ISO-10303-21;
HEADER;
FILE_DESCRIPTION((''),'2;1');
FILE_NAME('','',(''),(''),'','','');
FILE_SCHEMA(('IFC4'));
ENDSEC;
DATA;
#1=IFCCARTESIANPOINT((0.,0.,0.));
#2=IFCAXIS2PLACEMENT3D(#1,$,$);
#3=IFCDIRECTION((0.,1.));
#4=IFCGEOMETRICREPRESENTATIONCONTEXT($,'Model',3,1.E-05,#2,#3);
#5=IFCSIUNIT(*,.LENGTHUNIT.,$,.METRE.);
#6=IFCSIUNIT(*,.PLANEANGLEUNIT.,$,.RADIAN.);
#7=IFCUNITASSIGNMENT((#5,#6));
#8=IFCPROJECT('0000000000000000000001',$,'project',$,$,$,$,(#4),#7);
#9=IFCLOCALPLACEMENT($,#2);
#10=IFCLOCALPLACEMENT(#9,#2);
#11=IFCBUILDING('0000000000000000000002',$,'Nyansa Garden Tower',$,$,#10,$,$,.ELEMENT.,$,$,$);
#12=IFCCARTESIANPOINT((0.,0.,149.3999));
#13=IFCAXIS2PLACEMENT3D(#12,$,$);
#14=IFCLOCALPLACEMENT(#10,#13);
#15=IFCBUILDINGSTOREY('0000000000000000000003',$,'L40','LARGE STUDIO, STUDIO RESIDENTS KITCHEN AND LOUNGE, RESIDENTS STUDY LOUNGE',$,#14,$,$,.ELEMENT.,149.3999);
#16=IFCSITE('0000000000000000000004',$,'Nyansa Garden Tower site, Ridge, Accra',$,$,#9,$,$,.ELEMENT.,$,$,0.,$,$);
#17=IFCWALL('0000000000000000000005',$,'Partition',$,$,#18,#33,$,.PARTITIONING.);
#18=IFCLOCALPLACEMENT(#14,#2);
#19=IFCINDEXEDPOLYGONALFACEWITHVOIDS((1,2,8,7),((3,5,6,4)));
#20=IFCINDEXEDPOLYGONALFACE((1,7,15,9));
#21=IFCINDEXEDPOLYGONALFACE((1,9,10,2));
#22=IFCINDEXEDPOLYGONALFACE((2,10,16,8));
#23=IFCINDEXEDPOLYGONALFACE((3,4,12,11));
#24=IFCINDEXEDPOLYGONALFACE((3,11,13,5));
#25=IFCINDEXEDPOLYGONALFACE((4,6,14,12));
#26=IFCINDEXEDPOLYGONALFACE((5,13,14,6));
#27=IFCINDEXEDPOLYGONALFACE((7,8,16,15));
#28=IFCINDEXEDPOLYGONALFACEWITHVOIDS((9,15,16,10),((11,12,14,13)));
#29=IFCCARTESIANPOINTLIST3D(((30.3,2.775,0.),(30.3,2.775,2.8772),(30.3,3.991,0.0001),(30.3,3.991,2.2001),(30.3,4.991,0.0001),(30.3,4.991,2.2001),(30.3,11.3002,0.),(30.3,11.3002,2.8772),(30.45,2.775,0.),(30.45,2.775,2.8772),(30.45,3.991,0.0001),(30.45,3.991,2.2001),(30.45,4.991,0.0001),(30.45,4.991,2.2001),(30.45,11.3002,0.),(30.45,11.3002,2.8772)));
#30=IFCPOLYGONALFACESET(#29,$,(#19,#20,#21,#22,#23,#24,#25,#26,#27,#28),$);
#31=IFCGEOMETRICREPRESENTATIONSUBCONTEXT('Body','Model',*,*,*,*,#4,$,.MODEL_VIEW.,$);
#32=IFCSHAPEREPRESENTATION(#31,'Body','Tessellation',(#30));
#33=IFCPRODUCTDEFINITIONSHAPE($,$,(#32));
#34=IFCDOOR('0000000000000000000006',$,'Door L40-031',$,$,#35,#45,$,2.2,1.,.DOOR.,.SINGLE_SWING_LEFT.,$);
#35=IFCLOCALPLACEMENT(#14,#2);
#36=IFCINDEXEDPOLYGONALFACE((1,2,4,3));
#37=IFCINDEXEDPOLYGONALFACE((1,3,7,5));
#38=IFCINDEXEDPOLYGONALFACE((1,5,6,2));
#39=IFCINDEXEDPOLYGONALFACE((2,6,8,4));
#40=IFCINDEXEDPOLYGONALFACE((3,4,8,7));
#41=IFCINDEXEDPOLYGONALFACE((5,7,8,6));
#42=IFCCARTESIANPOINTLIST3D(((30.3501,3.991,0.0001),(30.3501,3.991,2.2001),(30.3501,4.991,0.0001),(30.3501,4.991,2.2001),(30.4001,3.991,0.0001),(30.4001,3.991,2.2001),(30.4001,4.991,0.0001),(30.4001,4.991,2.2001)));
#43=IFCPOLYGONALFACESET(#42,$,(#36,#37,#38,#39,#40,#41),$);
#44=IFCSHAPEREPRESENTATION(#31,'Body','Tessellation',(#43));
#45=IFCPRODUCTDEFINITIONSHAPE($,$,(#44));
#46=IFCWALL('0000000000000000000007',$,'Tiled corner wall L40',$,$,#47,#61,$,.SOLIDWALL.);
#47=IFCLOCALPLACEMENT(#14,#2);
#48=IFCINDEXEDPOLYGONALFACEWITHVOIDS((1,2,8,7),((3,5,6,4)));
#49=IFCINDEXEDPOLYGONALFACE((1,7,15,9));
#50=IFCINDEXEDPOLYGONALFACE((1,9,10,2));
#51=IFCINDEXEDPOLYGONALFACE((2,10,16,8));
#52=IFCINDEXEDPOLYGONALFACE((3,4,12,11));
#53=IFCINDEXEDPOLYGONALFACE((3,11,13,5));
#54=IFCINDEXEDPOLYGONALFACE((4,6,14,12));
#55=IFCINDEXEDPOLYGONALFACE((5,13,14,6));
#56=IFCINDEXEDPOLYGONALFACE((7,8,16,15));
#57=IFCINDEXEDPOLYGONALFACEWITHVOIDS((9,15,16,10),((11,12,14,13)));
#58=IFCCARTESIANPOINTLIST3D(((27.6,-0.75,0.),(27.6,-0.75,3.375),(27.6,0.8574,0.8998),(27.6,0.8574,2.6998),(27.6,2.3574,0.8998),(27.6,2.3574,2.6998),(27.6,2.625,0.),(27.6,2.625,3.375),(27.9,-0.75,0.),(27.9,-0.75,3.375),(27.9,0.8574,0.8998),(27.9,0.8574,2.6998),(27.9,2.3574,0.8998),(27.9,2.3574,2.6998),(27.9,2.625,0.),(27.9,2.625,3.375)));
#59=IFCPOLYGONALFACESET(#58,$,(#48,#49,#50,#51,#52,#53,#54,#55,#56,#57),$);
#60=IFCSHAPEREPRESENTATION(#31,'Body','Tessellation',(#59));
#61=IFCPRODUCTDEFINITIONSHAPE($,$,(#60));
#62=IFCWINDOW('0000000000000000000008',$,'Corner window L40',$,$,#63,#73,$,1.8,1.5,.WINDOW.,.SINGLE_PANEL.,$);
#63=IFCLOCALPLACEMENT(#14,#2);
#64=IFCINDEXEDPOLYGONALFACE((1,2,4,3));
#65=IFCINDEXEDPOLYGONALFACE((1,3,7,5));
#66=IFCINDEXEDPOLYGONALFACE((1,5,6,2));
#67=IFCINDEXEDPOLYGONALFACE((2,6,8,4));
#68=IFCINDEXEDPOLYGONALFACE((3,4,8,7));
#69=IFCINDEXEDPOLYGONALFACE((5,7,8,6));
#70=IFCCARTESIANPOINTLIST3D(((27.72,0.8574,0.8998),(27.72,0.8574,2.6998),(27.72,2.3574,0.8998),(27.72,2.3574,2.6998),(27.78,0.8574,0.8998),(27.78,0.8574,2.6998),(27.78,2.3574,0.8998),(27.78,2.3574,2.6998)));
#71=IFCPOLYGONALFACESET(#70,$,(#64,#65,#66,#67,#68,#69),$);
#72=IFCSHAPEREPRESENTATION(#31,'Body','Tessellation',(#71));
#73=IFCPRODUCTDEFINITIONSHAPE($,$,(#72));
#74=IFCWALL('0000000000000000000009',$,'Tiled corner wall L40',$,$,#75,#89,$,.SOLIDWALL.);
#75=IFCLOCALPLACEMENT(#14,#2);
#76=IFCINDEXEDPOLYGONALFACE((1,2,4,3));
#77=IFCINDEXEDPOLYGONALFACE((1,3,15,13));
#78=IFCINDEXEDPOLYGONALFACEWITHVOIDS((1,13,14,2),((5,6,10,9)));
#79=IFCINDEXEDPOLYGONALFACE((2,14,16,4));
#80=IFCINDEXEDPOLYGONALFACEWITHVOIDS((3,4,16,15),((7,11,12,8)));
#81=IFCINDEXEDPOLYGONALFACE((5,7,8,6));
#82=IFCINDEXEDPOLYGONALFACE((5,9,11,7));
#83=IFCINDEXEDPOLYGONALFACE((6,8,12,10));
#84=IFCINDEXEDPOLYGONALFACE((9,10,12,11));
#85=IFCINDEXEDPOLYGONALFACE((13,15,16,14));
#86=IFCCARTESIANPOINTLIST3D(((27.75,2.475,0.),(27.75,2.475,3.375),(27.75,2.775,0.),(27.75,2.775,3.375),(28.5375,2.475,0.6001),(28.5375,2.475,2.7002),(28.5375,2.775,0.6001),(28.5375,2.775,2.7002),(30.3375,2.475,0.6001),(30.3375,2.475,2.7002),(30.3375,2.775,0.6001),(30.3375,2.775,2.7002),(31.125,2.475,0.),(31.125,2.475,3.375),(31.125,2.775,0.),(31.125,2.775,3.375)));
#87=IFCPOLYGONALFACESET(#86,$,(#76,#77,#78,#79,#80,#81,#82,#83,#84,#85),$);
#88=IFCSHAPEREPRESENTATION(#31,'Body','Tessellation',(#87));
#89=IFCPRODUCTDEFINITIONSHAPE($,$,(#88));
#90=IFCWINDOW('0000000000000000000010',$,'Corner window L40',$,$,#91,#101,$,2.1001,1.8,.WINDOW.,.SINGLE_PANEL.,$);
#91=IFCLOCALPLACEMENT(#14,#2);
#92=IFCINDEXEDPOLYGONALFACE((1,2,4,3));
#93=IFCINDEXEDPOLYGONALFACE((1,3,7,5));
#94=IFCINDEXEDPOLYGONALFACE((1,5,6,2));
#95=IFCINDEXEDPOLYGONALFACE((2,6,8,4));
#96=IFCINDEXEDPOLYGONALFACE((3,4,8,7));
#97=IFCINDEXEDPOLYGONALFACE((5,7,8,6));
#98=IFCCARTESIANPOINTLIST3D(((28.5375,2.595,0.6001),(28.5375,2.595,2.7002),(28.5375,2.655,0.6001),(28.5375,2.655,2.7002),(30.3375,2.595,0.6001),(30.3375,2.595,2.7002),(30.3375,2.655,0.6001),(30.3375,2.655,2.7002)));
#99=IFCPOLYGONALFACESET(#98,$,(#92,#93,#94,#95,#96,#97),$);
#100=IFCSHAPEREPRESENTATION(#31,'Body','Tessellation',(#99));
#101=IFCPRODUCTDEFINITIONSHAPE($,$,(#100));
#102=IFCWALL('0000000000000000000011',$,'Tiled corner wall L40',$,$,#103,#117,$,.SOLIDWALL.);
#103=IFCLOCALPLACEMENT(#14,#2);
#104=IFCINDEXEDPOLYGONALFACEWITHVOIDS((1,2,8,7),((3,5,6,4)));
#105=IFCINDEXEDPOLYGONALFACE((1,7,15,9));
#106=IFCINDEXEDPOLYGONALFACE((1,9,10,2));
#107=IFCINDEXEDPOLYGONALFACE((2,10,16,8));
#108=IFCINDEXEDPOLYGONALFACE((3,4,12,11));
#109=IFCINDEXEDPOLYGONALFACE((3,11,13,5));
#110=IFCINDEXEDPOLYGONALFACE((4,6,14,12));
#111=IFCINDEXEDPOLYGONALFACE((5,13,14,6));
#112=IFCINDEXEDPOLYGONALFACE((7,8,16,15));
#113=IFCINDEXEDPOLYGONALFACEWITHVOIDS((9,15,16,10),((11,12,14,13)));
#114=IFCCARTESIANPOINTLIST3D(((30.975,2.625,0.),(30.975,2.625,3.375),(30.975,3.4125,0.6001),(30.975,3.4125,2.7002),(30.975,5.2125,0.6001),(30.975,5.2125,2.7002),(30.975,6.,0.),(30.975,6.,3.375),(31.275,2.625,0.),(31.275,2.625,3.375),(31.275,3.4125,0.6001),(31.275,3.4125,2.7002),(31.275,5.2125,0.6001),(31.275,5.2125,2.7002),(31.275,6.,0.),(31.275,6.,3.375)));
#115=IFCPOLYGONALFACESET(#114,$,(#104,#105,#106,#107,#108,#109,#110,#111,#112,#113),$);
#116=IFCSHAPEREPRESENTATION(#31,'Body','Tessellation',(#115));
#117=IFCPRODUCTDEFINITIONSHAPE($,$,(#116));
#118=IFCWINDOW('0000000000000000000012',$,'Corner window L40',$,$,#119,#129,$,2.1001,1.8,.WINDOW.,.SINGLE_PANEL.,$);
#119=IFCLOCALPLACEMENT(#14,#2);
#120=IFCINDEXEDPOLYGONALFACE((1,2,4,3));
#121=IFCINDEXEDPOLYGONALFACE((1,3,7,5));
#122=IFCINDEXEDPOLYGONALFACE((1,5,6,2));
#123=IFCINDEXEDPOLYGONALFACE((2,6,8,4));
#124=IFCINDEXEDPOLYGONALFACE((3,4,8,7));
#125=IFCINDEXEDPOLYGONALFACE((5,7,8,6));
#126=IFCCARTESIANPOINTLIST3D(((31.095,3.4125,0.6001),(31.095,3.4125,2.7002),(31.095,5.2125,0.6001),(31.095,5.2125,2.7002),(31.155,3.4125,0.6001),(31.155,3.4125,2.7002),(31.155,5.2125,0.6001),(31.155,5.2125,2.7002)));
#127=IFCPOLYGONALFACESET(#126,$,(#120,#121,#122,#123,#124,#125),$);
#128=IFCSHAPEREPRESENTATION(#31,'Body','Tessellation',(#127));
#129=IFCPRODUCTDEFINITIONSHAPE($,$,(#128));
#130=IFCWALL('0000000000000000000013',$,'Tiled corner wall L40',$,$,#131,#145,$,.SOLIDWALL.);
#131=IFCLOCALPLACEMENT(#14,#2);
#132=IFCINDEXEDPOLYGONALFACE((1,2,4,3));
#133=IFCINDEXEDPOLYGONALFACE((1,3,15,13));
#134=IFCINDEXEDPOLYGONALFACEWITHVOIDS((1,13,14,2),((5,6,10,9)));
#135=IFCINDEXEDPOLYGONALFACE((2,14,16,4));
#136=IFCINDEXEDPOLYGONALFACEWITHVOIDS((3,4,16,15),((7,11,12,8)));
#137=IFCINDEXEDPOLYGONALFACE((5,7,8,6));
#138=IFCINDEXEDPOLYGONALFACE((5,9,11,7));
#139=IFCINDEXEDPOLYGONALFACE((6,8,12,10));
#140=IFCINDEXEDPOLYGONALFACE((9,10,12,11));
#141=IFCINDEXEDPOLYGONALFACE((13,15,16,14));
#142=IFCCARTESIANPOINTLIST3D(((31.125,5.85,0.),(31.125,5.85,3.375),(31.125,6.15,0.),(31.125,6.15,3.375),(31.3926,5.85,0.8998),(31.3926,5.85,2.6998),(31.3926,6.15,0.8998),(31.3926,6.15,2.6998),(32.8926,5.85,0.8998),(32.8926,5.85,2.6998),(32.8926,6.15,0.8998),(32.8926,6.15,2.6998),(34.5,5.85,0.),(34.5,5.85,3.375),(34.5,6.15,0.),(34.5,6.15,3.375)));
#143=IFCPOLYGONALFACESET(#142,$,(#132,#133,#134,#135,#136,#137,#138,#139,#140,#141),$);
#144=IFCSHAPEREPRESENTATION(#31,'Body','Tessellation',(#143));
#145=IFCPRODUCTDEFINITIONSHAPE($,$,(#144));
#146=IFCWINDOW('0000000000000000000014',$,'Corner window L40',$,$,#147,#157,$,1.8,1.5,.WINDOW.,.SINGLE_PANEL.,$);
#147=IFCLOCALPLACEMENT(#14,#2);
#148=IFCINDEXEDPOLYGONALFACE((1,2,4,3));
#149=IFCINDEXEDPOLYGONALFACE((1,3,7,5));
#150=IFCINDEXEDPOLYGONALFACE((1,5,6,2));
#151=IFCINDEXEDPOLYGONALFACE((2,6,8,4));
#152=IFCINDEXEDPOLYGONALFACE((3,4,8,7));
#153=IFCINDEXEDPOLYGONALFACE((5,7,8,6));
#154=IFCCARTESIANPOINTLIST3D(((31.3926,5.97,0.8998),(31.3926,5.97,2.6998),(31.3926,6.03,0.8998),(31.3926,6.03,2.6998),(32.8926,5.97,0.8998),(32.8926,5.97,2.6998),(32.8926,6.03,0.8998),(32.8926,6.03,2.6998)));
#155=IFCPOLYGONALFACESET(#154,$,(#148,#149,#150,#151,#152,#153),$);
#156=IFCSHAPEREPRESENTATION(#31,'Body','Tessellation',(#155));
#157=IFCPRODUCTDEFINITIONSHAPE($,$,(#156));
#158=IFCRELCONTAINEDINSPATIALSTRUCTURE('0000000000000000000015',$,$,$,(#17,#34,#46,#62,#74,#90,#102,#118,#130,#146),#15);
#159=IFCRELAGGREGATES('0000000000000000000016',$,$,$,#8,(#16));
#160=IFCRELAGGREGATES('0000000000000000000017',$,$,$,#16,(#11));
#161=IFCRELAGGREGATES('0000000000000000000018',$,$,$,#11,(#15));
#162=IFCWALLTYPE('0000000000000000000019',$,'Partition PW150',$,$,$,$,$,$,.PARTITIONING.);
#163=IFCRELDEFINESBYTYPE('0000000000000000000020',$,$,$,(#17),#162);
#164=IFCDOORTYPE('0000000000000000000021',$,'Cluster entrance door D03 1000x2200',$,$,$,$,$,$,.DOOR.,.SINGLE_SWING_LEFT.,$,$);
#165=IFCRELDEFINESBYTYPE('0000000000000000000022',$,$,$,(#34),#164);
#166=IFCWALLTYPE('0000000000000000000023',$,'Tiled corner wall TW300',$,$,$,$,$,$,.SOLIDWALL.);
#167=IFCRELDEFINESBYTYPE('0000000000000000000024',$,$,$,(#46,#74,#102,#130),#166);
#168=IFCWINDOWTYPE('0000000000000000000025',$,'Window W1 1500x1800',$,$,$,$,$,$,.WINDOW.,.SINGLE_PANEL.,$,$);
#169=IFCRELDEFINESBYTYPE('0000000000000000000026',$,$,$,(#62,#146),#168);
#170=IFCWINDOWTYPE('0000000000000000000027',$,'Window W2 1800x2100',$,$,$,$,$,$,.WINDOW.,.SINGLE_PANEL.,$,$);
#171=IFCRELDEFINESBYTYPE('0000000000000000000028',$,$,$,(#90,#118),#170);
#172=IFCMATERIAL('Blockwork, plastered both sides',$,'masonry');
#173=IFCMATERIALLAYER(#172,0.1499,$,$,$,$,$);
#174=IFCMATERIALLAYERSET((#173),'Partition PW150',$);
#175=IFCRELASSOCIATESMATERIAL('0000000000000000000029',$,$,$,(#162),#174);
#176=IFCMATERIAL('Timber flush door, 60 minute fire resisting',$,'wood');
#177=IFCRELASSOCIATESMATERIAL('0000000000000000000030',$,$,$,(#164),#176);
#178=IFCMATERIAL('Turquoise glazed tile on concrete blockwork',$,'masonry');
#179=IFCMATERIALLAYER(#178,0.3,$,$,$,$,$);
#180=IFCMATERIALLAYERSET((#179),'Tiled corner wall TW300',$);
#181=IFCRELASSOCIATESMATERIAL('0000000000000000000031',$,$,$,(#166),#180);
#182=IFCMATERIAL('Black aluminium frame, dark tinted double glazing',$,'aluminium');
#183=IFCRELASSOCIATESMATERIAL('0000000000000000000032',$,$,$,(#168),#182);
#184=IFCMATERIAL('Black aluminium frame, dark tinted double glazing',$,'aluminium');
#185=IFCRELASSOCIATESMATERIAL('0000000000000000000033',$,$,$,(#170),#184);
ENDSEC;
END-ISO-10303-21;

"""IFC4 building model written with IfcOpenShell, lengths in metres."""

from ifc_helpers import new_model, si_unit, direction, frame, frame_2d, origin, place, context, subcontext, project, spatial, rectangle, extrude, material, layer, layer_set, type_object, element, fill, save


model = new_model("IFC4")

# Units and contexts
model_context = context("Model", 3, precision=1e-05, world=origin(), true_north=direction((0.0, 1.0)))
body_context = subcontext(model_context, "Body", "Model", "MODEL_VIEW")
ifc_project = project(units=[si_unit("LENGTHUNIT", "METRE"), si_unit("PLANEANGLEUNIT", "RADIAN")], contexts=[model_context])

# Site, building, storey
site_placement = place(None, origin())
site = spatial("IfcSite", under=ifc_project, at=site_placement, Name="Nyansa Garden Tower site, Ridge, Accra", CompositionType="ELEMENT", RefElevation=0.0)
building_placement = place(site_placement, origin())
building = spatial("IfcBuilding", under=site, at=building_placement, Name="Nyansa Garden Tower", CompositionType="ELEMENT")
storey_placement = place(building_placement, frame((0.0, 0.0, 149.3999)))
storey = spatial("IfcBuildingStorey", under=building, at=storey_placement, Name="L40", Description="LARGE STUDIO, STUDIO RESIDENTS KITCHEN AND LOUNGE, RESIDENTS STUDY LOUNGE", CompositionType="ELEMENT", Elevation=149.3999)

# Shared definitions
ifc_material_1 = material(Name="Blockwork, plastered both sides", Category="masonry")
ifc_layer_1 = layer(ifc_material_1, 0.1499)
ifc_layer_set_1 = layer_set([ifc_layer_1], Name="Partition PW150")
wall_type_1 = type_object("IfcWallType", Name="Partition PW150", PredefinedType="PARTITIONING", material=ifc_layer_set_1)

# Wall, opening, door
wall_1_placement = place(storey_placement, frame((30.375, 2.7749, 0.0), z_axis=(0.0, 0.0, 1.0), x_axis=(0.0, 1.0, 0.0)))
wall_1 = element("IfcWall", 1, at=wall_1_placement, inside=storey, type_object=wall_type_1, Name="Partition", PredefinedType="PARTITIONING", context=body_context, shape_type="SweptSolid", body=[
    extrude(rectangle(XDim=8.5251, YDim=0.1499, at=frame_2d((4.2627, 0.0))), origin(), (0.0, 0.0, 1.0), 2.8772),
])
opening_1_placement = place(wall_1_placement, frame((1.2161, 0.0, 0.0)))
opening_1 = element("IfcOpeningElement", 2, at=opening_1_placement, cuts=wall_1, PredefinedType="OPENING", context=body_context, shape_type="SweptSolid", body=[
    extrude(rectangle(XDim=1.0, YDim=2.2, at=frame_2d((0.5, 1.1001))), frame((0.0, 0.085, 0.0), z_axis=(0.0, -1.0, 0.0), x_axis=(1.0, 0.0, 0.0)), (0.0, 0.0, 1.0), 0.1699),
])
ifc_material_2 = material(Name="Timber flush door, 60 minute fire resisting", Category="wood")
door_type = type_object("IfcDoorType", Name="Cluster entrance door D03 1000x2200", OperationType="SINGLE_SWING_LEFT", PredefinedType="DOOR", material=ifc_material_2)
door_placement = place(opening_1_placement, origin())
door = element("IfcDoor", 3, at=door_placement, inside=storey, type_object=door_type, Name="Door L40-031", OperationType="SINGLE_SWING_LEFT", OverallHeight=2.2, OverallWidth=1.0, PredefinedType="DOOR", context=body_context, shape_type="SweptSolid", body=[
    extrude(rectangle(XDim=1.0, YDim=2.2, at=frame_2d((0.5, 1.1001))), frame((0.0, 0.0249, 0.0), z_axis=(0.0, -1.0, 0.0), x_axis=(1.0, 0.0, 0.0)), (0.0, 0.0, 1.0), 0.05),
])
fill(opening_1, door)

# Walls, openings, windows
ifc_material_3 = material(Name="Turquoise glazed tile on concrete blockwork", Category="masonry")
ifc_layer_2 = layer(ifc_material_3, 0.3)
ifc_layer_set_2 = layer_set([ifc_layer_2], Name="Tiled corner wall TW300")
wall_type_2 = type_object("IfcWallType", Name="Tiled corner wall TW300", PredefinedType="SOLIDWALL", material=ifc_layer_set_2)
wall_2_placement = place(storey_placement, frame((27.75, -0.75, 0.0), z_axis=(0.0, 0.0, 1.0), x_axis=(0.0, 1.0, 0.0)))
wall_2 = element("IfcWall", 4, at=wall_2_placement, inside=storey, type_object=wall_type_2, Name="Tiled corner wall L40", PredefinedType="SOLIDWALL", context=body_context, shape_type="SweptSolid", body=[
    extrude(rectangle(XDim=3.375, YDim=0.3, at=frame_2d((1.6875, 0.0))), origin(), (0.0, 0.0, 1.0), 3.375),
])
opening_2_placement = place(wall_2_placement, frame((1.6074, 0.0, 0.8999)))
opening_2 = element("IfcOpeningElement", 5, at=opening_2_placement, cuts=wall_2, PredefinedType="OPENING", context=body_context, shape_type="SweptSolid", body=[
    extrude(rectangle(XDim=1.5, YDim=1.8, at=frame_2d((0.75, 0.8999))), frame((0.0, 0.1599, 0.0), z_axis=(0.0, -1.0, 0.0), x_axis=(1.0, 0.0, 0.0)), (0.0, 0.0, 1.0), 0.3201),
])
ifc_material_4 = material(Name="Black aluminium frame, dark tinted double glazing", Category="aluminium")
window_type_1 = type_object("IfcWindowType", Name="Window W1 1500x1800", PartitioningType="SINGLE_PANEL", PredefinedType="WINDOW", material=ifc_material_4)
window_1_placement = place(opening_2_placement, origin())
window_1 = element("IfcWindow", 6, at=window_1_placement, inside=storey, type_object=window_type_1, Name="Corner window L40", OverallHeight=1.8, OverallWidth=1.5, PartitioningType="SINGLE_PANEL", PredefinedType="WINDOW", context=body_context, shape_type="SweptSolid", body=[
    extrude(rectangle(XDim=1.5, YDim=1.8, at=frame_2d((0.75, 0.8999))), frame((0.0, 0.03, 0.0), z_axis=(0.0, -1.0, 0.0), x_axis=(1.0, 0.0, 0.0)), (0.0, 0.0, 1.0), 0.0601),
])
fill(opening_2, window_1)
wall_3_placement = place(storey_placement, frame((27.75, 2.625, 0.0), z_axis=(0.0, 0.0, 1.0), x_axis=(1.0, 0.0, 0.0)))
wall_3 = element("IfcWall", 7, at=wall_3_placement, inside=storey, type_object=wall_type_2, Name="Tiled corner wall L40", PredefinedType="SOLIDWALL", context=body_context, shape_type="SweptSolid", body=[
    extrude(rectangle(XDim=3.375, YDim=0.3, at=frame_2d((1.6875, 0.0))), origin(), (0.0, 0.0, 1.0), 3.375),
])
opening_3_placement = place(wall_3_placement, frame((0.7876, 0.0, 0.6001)))
opening_3 = element("IfcOpeningElement", 8, at=opening_3_placement, cuts=wall_3, PredefinedType="OPENING", context=body_context, shape_type="SweptSolid", body=[
    extrude(rectangle(XDim=1.8, YDim=2.1001, at=frame_2d((0.8999, 1.05))), frame((0.0, 0.1599, 0.0), z_axis=(0.0, -1.0, 0.0), x_axis=(1.0, 0.0, 0.0)), (0.0, 0.0, 1.0), 0.3201),
])
ifc_material_5 = material(Name="Black aluminium frame, dark tinted double glazing", Category="aluminium")
window_type_2 = type_object("IfcWindowType", Name="Window W2 1800x2100", PartitioningType="SINGLE_PANEL", PredefinedType="WINDOW", material=ifc_material_5)
window_2_placement = place(opening_3_placement, origin())
window_2 = element("IfcWindow", 9, at=window_2_placement, inside=storey, type_object=window_type_2, Name="Corner window L40", OverallHeight=2.1001, OverallWidth=1.8, PartitioningType="SINGLE_PANEL", PredefinedType="WINDOW", context=body_context, shape_type="SweptSolid", body=[
    extrude(rectangle(XDim=1.8, YDim=2.1001, at=frame_2d((0.8999, 1.05))), frame((0.0, 0.03, 0.0), z_axis=(0.0, -1.0, 0.0), x_axis=(1.0, 0.0, 0.0)), (0.0, 0.0, 1.0), 0.0601),
])
fill(opening_3, window_2)
wall_4_placement = place(storey_placement, frame((31.125, 2.625, 0.0), z_axis=(0.0, 0.0, 1.0), x_axis=(0.0, 1.0, 0.0)))
wall_4 = element("IfcWall", 10, at=wall_4_placement, inside=storey, type_object=wall_type_2, Name="Tiled corner wall L40", PredefinedType="SOLIDWALL", context=body_context, shape_type="SweptSolid", body=[
    extrude(rectangle(XDim=3.375, YDim=0.3, at=frame_2d((1.6875, 0.0))), origin(), (0.0, 0.0, 1.0), 3.375),
])
opening_4_placement = place(wall_4_placement, frame((0.7876, 0.0, 0.6001)))
opening_4 = element("IfcOpeningElement", 11, at=opening_4_placement, cuts=wall_4, PredefinedType="OPENING", context=body_context, shape_type="SweptSolid", body=[
    extrude(rectangle(XDim=1.8, YDim=2.1001, at=frame_2d((0.8999, 1.05))), frame((0.0, 0.1599, 0.0), z_axis=(0.0, -1.0, 0.0), x_axis=(1.0, 0.0, 0.0)), (0.0, 0.0, 1.0), 0.3201),
])
window_3_placement = place(opening_4_placement, origin())
window_3 = element("IfcWindow", 12, at=window_3_placement, inside=storey, type_object=window_type_2, Name="Corner window L40", OverallHeight=2.1001, OverallWidth=1.8, PartitioningType="SINGLE_PANEL", PredefinedType="WINDOW", context=body_context, shape_type="SweptSolid", body=[
    extrude(rectangle(XDim=1.8, YDim=2.1001, at=frame_2d((0.8999, 1.05))), frame((0.0, 0.03, 0.0), z_axis=(0.0, -1.0, 0.0), x_axis=(1.0, 0.0, 0.0)), (0.0, 0.0, 1.0), 0.0601),
])
fill(opening_4, window_3)
wall_5_placement = place(storey_placement, frame((31.125, 6.0, 0.0), z_axis=(0.0, 0.0, 1.0), x_axis=(1.0, 0.0, 0.0)))
wall_5 = element("IfcWall", 13, at=wall_5_placement, inside=storey, type_object=wall_type_2, Name="Tiled corner wall L40", PredefinedType="SOLIDWALL", context=body_context, shape_type="SweptSolid", body=[
    extrude(rectangle(XDim=3.375, YDim=0.3, at=frame_2d((1.6875, 0.0))), origin(), (0.0, 0.0, 1.0), 3.375),
])
opening_5_placement = place(wall_5_placement, frame((0.2676, 0.0, 0.8999)))
opening_5 = element("IfcOpeningElement", 14, at=opening_5_placement, cuts=wall_5, PredefinedType="OPENING", context=body_context, shape_type="SweptSolid", body=[
    extrude(rectangle(XDim=1.5, YDim=1.8, at=frame_2d((0.75, 0.8999))), frame((0.0, 0.1599, 0.0), z_axis=(0.0, -1.0, 0.0), x_axis=(1.0, 0.0, 0.0)), (0.0, 0.0, 1.0), 0.3201),
])
window_4_placement = place(opening_5_placement, origin())
window_4 = element("IfcWindow", 15, at=window_4_placement, inside=storey, type_object=window_type_1, Name="Corner window L40", OverallHeight=1.8, OverallWidth=1.5, PartitioningType="SINGLE_PANEL", PredefinedType="WINDOW", context=body_context, shape_type="SweptSolid", body=[
    extrude(rectangle(XDim=1.5, YDim=1.8, at=frame_2d((0.75, 0.8999))), frame((0.0, 0.03, 0.0), z_axis=(0.0, -1.0, 0.0), x_axis=(1.0, 0.0, 0.0)), (0.0, 0.0, 1.0), 0.0601),
])
fill(opening_5, window_4)

save(model, "model.ifc")
